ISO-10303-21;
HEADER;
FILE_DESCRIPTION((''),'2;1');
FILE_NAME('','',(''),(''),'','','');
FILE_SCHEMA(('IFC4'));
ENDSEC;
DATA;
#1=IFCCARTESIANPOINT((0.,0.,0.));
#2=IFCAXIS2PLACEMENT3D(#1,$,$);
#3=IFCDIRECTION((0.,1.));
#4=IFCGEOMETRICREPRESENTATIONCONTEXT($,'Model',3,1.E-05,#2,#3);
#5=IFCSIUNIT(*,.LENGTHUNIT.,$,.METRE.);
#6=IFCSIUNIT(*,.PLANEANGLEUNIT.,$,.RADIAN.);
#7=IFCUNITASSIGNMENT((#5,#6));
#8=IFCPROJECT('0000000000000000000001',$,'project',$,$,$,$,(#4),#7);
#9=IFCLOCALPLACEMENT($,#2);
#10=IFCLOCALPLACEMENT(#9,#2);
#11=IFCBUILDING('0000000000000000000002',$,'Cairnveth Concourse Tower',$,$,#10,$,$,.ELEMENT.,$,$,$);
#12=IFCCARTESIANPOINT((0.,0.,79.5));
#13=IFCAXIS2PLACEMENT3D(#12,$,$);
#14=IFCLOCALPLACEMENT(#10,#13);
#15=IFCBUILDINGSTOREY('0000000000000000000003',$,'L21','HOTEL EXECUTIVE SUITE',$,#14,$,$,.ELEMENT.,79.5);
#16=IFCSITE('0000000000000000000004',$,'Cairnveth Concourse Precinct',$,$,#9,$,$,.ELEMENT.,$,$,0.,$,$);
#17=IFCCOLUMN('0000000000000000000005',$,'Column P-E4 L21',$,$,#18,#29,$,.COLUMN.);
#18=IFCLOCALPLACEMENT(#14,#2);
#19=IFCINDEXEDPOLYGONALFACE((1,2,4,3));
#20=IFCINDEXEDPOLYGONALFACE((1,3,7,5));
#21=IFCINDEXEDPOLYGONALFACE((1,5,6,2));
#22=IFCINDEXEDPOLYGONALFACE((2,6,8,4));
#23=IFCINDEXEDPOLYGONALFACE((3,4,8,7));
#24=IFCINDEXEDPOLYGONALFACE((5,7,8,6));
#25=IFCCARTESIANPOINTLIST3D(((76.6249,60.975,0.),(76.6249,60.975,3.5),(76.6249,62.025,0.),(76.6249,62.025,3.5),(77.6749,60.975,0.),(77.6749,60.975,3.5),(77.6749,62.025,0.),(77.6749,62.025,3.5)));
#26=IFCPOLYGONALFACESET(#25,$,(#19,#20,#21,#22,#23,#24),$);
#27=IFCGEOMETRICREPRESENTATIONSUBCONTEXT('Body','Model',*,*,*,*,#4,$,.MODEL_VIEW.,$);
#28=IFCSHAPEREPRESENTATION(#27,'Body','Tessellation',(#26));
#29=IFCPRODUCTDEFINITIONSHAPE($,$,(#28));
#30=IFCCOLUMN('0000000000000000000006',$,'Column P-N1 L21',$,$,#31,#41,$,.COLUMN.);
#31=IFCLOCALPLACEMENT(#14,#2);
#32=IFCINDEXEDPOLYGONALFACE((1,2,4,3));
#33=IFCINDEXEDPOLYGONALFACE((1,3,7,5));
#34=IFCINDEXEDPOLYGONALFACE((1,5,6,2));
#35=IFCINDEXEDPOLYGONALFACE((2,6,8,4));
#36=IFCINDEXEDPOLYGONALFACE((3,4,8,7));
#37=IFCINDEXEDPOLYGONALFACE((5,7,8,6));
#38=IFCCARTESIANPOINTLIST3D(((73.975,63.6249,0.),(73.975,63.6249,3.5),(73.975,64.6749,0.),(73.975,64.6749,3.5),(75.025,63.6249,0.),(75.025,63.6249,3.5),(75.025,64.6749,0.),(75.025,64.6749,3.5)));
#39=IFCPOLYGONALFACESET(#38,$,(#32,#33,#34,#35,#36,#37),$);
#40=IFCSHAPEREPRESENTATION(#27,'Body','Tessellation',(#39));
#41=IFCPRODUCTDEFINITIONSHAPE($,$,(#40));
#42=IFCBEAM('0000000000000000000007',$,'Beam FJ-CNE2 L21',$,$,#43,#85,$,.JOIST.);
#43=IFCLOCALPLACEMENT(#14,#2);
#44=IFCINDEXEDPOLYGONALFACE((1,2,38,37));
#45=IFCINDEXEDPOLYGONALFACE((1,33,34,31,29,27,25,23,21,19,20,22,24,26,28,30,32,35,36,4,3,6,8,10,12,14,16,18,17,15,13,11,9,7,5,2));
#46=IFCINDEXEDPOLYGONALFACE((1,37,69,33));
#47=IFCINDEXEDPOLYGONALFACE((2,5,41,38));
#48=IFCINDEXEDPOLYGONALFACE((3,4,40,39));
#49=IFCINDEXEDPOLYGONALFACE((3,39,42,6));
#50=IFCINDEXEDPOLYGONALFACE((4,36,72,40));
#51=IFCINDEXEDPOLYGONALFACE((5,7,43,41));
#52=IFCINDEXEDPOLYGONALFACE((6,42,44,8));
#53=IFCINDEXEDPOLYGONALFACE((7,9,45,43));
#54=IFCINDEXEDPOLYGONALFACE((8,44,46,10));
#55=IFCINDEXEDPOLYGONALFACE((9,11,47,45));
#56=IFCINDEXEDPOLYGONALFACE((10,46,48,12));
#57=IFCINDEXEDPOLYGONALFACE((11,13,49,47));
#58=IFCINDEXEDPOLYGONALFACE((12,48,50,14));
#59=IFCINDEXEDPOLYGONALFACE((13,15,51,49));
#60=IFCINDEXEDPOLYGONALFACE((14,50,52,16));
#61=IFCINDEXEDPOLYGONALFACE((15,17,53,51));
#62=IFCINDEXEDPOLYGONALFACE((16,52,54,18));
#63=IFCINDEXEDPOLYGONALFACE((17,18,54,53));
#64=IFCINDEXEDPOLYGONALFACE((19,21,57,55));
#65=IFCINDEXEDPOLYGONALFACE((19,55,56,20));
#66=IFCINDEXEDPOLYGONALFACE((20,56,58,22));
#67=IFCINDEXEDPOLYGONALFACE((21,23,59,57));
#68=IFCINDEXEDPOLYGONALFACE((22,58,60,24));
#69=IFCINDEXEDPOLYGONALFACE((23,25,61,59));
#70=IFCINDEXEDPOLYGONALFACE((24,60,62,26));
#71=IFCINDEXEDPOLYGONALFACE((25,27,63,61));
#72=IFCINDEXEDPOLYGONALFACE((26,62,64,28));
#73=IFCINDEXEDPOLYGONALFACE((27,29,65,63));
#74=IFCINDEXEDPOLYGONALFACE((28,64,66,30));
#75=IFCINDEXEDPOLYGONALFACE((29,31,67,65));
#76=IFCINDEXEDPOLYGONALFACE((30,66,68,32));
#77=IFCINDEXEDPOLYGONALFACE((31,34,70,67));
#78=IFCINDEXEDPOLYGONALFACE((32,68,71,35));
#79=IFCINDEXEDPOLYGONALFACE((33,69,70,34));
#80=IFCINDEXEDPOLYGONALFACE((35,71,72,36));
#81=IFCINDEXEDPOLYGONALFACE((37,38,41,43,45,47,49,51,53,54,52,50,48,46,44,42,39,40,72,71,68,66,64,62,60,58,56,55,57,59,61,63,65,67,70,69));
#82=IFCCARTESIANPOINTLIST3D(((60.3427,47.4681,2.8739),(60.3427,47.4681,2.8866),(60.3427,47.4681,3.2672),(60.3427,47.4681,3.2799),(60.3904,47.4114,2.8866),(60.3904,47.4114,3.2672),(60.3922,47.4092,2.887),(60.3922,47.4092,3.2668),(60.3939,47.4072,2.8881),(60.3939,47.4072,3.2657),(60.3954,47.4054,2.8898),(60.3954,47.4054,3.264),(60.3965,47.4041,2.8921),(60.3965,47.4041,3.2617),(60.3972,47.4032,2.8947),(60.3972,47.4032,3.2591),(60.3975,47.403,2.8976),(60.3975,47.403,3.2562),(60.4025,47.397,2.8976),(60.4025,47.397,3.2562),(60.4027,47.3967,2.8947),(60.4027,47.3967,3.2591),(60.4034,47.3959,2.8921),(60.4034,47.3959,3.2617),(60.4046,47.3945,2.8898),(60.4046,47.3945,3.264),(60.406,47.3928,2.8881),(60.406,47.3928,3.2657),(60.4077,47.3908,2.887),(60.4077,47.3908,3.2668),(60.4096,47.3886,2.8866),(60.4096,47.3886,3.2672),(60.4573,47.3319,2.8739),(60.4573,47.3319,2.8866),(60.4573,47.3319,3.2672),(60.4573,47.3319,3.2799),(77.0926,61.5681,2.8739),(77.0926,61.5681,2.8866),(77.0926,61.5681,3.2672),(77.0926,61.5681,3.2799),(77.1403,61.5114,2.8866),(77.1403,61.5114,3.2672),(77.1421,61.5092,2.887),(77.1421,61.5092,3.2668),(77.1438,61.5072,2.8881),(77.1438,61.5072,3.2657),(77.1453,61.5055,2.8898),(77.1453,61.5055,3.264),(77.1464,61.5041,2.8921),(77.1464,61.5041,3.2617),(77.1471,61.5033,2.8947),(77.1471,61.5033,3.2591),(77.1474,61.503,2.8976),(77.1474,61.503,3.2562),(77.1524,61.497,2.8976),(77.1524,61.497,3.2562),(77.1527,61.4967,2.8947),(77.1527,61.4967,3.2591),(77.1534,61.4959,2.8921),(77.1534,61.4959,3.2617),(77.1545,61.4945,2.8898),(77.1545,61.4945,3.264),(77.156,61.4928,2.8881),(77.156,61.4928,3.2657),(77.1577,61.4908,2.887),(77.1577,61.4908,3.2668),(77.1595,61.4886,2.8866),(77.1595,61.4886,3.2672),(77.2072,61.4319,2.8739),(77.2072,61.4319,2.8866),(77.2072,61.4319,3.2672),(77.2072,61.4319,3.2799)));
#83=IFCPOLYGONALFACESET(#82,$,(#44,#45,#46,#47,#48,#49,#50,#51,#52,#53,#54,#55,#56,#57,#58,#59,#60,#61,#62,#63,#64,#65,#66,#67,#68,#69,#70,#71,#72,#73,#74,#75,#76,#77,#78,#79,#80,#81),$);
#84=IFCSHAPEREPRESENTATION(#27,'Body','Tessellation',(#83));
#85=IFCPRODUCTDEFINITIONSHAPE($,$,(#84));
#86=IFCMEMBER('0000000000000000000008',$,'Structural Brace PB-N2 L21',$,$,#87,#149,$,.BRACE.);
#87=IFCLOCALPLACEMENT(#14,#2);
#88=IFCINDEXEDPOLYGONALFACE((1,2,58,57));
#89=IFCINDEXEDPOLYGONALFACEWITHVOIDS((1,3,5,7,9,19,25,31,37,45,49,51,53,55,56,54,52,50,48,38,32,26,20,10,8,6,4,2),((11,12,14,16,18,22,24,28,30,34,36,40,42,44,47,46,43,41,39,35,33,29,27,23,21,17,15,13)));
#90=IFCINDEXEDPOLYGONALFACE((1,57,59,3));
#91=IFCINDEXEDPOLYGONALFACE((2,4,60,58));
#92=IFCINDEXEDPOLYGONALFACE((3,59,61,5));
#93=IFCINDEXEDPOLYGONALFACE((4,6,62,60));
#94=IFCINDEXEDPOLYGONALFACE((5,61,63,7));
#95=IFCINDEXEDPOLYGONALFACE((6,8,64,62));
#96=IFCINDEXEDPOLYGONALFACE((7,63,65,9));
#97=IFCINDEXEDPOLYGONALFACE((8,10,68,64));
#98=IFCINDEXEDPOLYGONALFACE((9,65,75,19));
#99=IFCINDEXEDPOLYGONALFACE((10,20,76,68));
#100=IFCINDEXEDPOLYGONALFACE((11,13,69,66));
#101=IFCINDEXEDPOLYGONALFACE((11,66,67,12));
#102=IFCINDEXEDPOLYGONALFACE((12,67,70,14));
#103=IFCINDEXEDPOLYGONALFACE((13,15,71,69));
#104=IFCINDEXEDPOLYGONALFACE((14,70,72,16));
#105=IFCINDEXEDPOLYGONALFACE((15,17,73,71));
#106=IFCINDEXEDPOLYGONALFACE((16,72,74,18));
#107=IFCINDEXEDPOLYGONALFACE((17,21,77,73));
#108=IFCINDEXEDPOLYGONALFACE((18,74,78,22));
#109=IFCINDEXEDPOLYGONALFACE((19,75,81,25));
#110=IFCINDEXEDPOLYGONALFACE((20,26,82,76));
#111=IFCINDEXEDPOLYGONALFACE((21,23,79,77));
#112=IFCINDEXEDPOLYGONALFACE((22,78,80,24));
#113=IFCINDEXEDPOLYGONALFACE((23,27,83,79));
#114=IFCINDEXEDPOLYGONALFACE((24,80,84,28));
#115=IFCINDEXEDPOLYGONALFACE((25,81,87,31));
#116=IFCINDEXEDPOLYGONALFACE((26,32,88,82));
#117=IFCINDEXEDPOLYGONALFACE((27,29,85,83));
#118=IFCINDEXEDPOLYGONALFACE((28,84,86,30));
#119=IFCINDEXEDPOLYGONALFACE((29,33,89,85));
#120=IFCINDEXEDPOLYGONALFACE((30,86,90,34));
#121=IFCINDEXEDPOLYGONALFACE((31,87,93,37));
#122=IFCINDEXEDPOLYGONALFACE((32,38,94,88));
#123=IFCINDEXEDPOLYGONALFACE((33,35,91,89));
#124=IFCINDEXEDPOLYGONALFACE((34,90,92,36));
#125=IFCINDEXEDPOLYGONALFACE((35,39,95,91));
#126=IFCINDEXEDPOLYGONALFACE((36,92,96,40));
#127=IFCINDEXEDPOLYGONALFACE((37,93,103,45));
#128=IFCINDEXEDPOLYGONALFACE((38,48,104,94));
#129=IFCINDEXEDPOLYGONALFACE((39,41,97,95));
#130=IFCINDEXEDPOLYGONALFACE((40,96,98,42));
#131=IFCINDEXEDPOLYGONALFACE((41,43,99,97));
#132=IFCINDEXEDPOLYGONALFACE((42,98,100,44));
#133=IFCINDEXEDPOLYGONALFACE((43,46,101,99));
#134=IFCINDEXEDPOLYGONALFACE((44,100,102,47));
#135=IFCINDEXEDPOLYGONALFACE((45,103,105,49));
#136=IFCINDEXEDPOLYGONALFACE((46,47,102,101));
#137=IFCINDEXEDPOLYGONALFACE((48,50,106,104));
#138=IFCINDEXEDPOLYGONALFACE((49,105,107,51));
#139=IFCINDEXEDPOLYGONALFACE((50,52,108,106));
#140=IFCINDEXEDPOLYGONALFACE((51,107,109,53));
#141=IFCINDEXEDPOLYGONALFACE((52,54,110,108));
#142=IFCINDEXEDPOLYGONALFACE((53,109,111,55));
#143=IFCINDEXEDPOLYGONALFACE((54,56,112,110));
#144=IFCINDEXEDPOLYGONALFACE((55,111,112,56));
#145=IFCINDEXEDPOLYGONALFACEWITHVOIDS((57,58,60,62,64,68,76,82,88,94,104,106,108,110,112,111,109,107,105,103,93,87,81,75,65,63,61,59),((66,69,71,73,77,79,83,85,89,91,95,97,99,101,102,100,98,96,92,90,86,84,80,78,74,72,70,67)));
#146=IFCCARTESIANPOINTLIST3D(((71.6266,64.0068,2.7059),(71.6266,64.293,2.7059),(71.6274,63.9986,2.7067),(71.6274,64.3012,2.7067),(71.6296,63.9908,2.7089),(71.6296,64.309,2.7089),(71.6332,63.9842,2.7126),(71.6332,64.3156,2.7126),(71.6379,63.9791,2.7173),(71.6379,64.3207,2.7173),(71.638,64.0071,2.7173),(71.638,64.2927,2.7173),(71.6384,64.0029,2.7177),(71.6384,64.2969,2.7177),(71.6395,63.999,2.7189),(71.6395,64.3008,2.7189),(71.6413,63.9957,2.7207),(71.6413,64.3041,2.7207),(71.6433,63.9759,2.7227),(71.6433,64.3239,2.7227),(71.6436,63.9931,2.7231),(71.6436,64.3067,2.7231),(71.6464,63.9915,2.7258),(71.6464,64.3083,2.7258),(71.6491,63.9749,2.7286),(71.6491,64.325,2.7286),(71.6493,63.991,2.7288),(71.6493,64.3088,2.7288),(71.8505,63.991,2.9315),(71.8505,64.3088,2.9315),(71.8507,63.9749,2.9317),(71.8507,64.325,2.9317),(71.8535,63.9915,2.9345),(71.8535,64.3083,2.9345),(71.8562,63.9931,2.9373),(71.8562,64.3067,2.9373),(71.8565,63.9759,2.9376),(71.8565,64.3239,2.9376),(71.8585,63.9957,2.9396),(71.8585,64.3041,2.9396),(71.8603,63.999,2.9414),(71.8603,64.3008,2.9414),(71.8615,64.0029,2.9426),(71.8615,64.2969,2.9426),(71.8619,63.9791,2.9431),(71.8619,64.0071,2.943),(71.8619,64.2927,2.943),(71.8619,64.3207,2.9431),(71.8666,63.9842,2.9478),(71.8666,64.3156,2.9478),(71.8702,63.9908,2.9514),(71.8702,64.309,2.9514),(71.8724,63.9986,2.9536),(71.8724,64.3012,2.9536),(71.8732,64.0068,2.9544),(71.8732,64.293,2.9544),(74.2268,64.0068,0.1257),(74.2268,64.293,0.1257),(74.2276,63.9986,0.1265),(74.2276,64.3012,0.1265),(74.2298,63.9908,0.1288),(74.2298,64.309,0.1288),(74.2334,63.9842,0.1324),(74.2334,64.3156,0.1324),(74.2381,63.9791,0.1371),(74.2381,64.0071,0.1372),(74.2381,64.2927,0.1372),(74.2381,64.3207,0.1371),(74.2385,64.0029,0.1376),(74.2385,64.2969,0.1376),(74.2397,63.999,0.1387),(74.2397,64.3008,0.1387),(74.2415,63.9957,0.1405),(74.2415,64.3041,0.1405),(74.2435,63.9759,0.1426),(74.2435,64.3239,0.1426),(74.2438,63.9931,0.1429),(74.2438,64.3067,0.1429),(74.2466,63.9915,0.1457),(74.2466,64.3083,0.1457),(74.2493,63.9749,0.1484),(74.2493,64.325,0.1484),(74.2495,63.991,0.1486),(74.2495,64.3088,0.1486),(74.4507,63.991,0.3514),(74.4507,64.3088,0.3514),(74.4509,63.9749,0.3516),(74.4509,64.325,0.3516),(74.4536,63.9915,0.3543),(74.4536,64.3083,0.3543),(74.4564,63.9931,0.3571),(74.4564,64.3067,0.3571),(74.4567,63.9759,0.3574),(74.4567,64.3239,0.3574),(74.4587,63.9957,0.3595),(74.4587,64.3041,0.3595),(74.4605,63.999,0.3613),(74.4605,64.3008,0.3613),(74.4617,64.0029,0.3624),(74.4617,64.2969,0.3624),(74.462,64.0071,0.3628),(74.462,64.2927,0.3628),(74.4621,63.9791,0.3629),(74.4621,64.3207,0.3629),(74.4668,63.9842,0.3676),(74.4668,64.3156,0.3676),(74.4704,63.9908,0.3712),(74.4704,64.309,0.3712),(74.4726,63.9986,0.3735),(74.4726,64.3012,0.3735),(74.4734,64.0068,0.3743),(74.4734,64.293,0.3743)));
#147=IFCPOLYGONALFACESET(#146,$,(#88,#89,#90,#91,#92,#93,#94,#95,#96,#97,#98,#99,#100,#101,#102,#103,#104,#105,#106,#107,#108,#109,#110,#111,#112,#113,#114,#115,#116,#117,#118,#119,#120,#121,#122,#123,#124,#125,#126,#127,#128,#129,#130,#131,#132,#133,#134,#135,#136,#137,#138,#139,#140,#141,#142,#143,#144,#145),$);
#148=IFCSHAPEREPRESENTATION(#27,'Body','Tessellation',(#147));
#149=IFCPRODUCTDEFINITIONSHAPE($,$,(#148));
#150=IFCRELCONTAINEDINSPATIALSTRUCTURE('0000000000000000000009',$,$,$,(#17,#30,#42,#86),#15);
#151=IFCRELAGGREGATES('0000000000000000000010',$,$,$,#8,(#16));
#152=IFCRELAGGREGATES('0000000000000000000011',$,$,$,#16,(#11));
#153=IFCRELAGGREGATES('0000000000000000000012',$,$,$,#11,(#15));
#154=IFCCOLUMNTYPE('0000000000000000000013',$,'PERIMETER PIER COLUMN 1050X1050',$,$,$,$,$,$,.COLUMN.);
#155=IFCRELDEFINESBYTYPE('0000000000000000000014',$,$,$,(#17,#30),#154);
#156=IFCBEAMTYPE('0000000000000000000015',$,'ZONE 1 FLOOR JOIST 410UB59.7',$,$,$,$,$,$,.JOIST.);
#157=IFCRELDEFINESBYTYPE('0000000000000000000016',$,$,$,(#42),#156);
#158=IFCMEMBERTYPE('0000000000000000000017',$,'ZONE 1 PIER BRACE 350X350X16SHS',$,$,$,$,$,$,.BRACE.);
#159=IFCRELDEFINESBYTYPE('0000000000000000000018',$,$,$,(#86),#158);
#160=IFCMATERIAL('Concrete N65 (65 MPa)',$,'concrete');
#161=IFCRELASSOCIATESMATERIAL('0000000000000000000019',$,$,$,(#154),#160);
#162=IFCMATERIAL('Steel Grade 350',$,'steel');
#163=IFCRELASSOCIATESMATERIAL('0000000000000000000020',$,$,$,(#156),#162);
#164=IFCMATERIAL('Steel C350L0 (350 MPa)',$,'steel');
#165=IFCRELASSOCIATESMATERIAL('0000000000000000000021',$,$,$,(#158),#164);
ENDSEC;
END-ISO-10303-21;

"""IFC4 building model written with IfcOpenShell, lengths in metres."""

from ifc_helpers import new_model, si_unit, direction, frame, origin, origin_2d, place, context, subcontext, project, spatial, rectangle, hollow_rectangle, i_section, extrude, material, material_profile, profile_set, type_object, element, save


model = new_model("IFC4")

# Units and contexts
model_context = context("Model", 3, precision=1e-05, world=origin(), true_north=direction((0.0, 1.0)))
body_context = subcontext(model_context, "Body", "Model", "MODEL_VIEW")
ifc_project = project(units=[si_unit("LENGTHUNIT", "METRE"), si_unit("PLANEANGLEUNIT", "RADIAN")], contexts=[model_context])

# Site, building, storey
site_placement = place(None, origin())
site = spatial("IfcSite", under=ifc_project, at=site_placement, Name="Cairnveth Concourse Precinct", CompositionType="ELEMENT", RefElevation=0.0)
building_placement = place(site_placement, origin())
building = spatial("IfcBuilding", under=site, at=building_placement, Name="Cairnveth Concourse Tower", CompositionType="ELEMENT")
storey_placement = place(building_placement, frame((0.0, 0.0, 79.5)))
storey = spatial("IfcBuildingStorey", under=building, at=storey_placement, Name="L21", Description="HOTEL EXECUTIVE SUITE", CompositionType="ELEMENT", Elevation=79.5)

# Columns
ifc_material_1 = material(Name="Concrete N65 (65 MPa)", Category="concrete")
ifc_material_profile_1 = material_profile(ifc_material_1, rectangle(XDim=1.05, YDim=1.05, at=origin_2d()), Name="RC-COL-1050x1050")
ifc_profile_set_1 = profile_set([ifc_material_profile_1], Name="Concrete N65 (65 MPa)")
column_type = type_object("IfcColumnType", Name="PERIMETER PIER COLUMN 1050X1050", PredefinedType="COLUMN", material=ifc_profile_set_1)
for number, where, z_axis, x_axis, name in (
    (1, (77.1499, 61.5, 0.0), (0.0, 0.0, 1.0), (0.0, 1.0, 0.0), "Column P-E4 L21"),
    (2, (74.5, 64.1499, 0.0), (0.0, 0.0, 1.0), (1.0, 0.0, 0.0), "Column P-N1 L21"),
):
    element("IfcColumn", number, at=place(storey_placement, frame(where, z_axis=z_axis, x_axis=x_axis)), inside=storey, type_object=column_type, Name=name, PredefinedType="COLUMN", context=body_context, shape_type="SweptSolid", body=[
        extrude(rectangle(XDim=1.05, YDim=1.05, at=origin_2d()), origin(), (0.0, 0.0, 1.0), 3.5),
    ])

# Beam
ifc_material_2 = material(Name="Steel Grade 350", Category="steel")
ifc_material_profile_2 = material_profile(ifc_material_2, i_section(OverallWidth=0.178, OverallDepth=0.406, WebThickness=0.0078, FlangeThickness=0.0127, FilletRadius=0.011, at=origin_2d()), Name="410UB59.7")
ifc_profile_set_2 = profile_set([ifc_material_profile_2], Name="Steel Grade 350")
beam_type_1 = type_object("IfcBeamType", Name="ZONE 1 FLOOR JOIST 410UB59.7", PredefinedType="JOIST", material=ifc_profile_set_2)
beam_1_placement = place(storey_placement, frame((77.1499, 61.5, 3.0769), z_axis=(-0.765027, -0.643998, 0.0), x_axis=(0.643998, -0.765027, 0.0)))
element("IfcBeam", 3, at=beam_1_placement, inside=storey, type_object=beam_type_1, Name="Beam FJ-CNE2 L21", PredefinedType="JOIST", context=body_context, shape_type="SweptSolid", body=[
    extrude(i_section(OverallWidth=0.178, OverallDepth=0.406, WebThickness=0.0078, FlangeThickness=0.0127, FilletRadius=0.011, at=origin_2d()), origin(), (0.0, 0.0, 1.0), 21.8945),
])

# Member
ifc_material_3 = material(Name="Steel C350L0 (350 MPa)", Category="steel")
ifc_material_profile_3 = material_profile(ifc_material_3, hollow_rectangle(XDim=0.3501, YDim=0.3501, WallThickness=0.0161, InnerFilletRadius=0.0161, OuterFilletRadius=0.032, at=origin_2d()), Name="350x350x16.0SHS")
ifc_profile_set_3 = profile_set([ifc_material_profile_3], Name="Steel C350L0 (350 MPa)")
member_type = type_object("IfcMemberType", Name="ZONE 1 PIER BRACE 350X350X16SHS", PredefinedType="BRACE", material=ifc_profile_set_3)
for number, where, z_axis, x_axis, name in (
    (4, (74.3501, 64.1499, 0.25), (-0.709834, 0.0, 0.704369), (0.0, -1.0, 0.0), "Structural Brace PB-N2 L21"),
):
    element("IfcMember", number, at=place(storey_placement, frame(where, z_axis=z_axis, x_axis=x_axis)), inside=storey, type_object=member_type, Name=name, PredefinedType="BRACE", context=body_context, shape_type="SweptSolid", body=[
        extrude(hollow_rectangle(XDim=0.3501, YDim=0.3501, WallThickness=0.0161, InnerFilletRadius=0.0161, OuterFilletRadius=0.032, at=origin_2d()), origin(), (0.0, 0.0, 1.0), 3.6631),
    ])

save(model, "model.ifc")
